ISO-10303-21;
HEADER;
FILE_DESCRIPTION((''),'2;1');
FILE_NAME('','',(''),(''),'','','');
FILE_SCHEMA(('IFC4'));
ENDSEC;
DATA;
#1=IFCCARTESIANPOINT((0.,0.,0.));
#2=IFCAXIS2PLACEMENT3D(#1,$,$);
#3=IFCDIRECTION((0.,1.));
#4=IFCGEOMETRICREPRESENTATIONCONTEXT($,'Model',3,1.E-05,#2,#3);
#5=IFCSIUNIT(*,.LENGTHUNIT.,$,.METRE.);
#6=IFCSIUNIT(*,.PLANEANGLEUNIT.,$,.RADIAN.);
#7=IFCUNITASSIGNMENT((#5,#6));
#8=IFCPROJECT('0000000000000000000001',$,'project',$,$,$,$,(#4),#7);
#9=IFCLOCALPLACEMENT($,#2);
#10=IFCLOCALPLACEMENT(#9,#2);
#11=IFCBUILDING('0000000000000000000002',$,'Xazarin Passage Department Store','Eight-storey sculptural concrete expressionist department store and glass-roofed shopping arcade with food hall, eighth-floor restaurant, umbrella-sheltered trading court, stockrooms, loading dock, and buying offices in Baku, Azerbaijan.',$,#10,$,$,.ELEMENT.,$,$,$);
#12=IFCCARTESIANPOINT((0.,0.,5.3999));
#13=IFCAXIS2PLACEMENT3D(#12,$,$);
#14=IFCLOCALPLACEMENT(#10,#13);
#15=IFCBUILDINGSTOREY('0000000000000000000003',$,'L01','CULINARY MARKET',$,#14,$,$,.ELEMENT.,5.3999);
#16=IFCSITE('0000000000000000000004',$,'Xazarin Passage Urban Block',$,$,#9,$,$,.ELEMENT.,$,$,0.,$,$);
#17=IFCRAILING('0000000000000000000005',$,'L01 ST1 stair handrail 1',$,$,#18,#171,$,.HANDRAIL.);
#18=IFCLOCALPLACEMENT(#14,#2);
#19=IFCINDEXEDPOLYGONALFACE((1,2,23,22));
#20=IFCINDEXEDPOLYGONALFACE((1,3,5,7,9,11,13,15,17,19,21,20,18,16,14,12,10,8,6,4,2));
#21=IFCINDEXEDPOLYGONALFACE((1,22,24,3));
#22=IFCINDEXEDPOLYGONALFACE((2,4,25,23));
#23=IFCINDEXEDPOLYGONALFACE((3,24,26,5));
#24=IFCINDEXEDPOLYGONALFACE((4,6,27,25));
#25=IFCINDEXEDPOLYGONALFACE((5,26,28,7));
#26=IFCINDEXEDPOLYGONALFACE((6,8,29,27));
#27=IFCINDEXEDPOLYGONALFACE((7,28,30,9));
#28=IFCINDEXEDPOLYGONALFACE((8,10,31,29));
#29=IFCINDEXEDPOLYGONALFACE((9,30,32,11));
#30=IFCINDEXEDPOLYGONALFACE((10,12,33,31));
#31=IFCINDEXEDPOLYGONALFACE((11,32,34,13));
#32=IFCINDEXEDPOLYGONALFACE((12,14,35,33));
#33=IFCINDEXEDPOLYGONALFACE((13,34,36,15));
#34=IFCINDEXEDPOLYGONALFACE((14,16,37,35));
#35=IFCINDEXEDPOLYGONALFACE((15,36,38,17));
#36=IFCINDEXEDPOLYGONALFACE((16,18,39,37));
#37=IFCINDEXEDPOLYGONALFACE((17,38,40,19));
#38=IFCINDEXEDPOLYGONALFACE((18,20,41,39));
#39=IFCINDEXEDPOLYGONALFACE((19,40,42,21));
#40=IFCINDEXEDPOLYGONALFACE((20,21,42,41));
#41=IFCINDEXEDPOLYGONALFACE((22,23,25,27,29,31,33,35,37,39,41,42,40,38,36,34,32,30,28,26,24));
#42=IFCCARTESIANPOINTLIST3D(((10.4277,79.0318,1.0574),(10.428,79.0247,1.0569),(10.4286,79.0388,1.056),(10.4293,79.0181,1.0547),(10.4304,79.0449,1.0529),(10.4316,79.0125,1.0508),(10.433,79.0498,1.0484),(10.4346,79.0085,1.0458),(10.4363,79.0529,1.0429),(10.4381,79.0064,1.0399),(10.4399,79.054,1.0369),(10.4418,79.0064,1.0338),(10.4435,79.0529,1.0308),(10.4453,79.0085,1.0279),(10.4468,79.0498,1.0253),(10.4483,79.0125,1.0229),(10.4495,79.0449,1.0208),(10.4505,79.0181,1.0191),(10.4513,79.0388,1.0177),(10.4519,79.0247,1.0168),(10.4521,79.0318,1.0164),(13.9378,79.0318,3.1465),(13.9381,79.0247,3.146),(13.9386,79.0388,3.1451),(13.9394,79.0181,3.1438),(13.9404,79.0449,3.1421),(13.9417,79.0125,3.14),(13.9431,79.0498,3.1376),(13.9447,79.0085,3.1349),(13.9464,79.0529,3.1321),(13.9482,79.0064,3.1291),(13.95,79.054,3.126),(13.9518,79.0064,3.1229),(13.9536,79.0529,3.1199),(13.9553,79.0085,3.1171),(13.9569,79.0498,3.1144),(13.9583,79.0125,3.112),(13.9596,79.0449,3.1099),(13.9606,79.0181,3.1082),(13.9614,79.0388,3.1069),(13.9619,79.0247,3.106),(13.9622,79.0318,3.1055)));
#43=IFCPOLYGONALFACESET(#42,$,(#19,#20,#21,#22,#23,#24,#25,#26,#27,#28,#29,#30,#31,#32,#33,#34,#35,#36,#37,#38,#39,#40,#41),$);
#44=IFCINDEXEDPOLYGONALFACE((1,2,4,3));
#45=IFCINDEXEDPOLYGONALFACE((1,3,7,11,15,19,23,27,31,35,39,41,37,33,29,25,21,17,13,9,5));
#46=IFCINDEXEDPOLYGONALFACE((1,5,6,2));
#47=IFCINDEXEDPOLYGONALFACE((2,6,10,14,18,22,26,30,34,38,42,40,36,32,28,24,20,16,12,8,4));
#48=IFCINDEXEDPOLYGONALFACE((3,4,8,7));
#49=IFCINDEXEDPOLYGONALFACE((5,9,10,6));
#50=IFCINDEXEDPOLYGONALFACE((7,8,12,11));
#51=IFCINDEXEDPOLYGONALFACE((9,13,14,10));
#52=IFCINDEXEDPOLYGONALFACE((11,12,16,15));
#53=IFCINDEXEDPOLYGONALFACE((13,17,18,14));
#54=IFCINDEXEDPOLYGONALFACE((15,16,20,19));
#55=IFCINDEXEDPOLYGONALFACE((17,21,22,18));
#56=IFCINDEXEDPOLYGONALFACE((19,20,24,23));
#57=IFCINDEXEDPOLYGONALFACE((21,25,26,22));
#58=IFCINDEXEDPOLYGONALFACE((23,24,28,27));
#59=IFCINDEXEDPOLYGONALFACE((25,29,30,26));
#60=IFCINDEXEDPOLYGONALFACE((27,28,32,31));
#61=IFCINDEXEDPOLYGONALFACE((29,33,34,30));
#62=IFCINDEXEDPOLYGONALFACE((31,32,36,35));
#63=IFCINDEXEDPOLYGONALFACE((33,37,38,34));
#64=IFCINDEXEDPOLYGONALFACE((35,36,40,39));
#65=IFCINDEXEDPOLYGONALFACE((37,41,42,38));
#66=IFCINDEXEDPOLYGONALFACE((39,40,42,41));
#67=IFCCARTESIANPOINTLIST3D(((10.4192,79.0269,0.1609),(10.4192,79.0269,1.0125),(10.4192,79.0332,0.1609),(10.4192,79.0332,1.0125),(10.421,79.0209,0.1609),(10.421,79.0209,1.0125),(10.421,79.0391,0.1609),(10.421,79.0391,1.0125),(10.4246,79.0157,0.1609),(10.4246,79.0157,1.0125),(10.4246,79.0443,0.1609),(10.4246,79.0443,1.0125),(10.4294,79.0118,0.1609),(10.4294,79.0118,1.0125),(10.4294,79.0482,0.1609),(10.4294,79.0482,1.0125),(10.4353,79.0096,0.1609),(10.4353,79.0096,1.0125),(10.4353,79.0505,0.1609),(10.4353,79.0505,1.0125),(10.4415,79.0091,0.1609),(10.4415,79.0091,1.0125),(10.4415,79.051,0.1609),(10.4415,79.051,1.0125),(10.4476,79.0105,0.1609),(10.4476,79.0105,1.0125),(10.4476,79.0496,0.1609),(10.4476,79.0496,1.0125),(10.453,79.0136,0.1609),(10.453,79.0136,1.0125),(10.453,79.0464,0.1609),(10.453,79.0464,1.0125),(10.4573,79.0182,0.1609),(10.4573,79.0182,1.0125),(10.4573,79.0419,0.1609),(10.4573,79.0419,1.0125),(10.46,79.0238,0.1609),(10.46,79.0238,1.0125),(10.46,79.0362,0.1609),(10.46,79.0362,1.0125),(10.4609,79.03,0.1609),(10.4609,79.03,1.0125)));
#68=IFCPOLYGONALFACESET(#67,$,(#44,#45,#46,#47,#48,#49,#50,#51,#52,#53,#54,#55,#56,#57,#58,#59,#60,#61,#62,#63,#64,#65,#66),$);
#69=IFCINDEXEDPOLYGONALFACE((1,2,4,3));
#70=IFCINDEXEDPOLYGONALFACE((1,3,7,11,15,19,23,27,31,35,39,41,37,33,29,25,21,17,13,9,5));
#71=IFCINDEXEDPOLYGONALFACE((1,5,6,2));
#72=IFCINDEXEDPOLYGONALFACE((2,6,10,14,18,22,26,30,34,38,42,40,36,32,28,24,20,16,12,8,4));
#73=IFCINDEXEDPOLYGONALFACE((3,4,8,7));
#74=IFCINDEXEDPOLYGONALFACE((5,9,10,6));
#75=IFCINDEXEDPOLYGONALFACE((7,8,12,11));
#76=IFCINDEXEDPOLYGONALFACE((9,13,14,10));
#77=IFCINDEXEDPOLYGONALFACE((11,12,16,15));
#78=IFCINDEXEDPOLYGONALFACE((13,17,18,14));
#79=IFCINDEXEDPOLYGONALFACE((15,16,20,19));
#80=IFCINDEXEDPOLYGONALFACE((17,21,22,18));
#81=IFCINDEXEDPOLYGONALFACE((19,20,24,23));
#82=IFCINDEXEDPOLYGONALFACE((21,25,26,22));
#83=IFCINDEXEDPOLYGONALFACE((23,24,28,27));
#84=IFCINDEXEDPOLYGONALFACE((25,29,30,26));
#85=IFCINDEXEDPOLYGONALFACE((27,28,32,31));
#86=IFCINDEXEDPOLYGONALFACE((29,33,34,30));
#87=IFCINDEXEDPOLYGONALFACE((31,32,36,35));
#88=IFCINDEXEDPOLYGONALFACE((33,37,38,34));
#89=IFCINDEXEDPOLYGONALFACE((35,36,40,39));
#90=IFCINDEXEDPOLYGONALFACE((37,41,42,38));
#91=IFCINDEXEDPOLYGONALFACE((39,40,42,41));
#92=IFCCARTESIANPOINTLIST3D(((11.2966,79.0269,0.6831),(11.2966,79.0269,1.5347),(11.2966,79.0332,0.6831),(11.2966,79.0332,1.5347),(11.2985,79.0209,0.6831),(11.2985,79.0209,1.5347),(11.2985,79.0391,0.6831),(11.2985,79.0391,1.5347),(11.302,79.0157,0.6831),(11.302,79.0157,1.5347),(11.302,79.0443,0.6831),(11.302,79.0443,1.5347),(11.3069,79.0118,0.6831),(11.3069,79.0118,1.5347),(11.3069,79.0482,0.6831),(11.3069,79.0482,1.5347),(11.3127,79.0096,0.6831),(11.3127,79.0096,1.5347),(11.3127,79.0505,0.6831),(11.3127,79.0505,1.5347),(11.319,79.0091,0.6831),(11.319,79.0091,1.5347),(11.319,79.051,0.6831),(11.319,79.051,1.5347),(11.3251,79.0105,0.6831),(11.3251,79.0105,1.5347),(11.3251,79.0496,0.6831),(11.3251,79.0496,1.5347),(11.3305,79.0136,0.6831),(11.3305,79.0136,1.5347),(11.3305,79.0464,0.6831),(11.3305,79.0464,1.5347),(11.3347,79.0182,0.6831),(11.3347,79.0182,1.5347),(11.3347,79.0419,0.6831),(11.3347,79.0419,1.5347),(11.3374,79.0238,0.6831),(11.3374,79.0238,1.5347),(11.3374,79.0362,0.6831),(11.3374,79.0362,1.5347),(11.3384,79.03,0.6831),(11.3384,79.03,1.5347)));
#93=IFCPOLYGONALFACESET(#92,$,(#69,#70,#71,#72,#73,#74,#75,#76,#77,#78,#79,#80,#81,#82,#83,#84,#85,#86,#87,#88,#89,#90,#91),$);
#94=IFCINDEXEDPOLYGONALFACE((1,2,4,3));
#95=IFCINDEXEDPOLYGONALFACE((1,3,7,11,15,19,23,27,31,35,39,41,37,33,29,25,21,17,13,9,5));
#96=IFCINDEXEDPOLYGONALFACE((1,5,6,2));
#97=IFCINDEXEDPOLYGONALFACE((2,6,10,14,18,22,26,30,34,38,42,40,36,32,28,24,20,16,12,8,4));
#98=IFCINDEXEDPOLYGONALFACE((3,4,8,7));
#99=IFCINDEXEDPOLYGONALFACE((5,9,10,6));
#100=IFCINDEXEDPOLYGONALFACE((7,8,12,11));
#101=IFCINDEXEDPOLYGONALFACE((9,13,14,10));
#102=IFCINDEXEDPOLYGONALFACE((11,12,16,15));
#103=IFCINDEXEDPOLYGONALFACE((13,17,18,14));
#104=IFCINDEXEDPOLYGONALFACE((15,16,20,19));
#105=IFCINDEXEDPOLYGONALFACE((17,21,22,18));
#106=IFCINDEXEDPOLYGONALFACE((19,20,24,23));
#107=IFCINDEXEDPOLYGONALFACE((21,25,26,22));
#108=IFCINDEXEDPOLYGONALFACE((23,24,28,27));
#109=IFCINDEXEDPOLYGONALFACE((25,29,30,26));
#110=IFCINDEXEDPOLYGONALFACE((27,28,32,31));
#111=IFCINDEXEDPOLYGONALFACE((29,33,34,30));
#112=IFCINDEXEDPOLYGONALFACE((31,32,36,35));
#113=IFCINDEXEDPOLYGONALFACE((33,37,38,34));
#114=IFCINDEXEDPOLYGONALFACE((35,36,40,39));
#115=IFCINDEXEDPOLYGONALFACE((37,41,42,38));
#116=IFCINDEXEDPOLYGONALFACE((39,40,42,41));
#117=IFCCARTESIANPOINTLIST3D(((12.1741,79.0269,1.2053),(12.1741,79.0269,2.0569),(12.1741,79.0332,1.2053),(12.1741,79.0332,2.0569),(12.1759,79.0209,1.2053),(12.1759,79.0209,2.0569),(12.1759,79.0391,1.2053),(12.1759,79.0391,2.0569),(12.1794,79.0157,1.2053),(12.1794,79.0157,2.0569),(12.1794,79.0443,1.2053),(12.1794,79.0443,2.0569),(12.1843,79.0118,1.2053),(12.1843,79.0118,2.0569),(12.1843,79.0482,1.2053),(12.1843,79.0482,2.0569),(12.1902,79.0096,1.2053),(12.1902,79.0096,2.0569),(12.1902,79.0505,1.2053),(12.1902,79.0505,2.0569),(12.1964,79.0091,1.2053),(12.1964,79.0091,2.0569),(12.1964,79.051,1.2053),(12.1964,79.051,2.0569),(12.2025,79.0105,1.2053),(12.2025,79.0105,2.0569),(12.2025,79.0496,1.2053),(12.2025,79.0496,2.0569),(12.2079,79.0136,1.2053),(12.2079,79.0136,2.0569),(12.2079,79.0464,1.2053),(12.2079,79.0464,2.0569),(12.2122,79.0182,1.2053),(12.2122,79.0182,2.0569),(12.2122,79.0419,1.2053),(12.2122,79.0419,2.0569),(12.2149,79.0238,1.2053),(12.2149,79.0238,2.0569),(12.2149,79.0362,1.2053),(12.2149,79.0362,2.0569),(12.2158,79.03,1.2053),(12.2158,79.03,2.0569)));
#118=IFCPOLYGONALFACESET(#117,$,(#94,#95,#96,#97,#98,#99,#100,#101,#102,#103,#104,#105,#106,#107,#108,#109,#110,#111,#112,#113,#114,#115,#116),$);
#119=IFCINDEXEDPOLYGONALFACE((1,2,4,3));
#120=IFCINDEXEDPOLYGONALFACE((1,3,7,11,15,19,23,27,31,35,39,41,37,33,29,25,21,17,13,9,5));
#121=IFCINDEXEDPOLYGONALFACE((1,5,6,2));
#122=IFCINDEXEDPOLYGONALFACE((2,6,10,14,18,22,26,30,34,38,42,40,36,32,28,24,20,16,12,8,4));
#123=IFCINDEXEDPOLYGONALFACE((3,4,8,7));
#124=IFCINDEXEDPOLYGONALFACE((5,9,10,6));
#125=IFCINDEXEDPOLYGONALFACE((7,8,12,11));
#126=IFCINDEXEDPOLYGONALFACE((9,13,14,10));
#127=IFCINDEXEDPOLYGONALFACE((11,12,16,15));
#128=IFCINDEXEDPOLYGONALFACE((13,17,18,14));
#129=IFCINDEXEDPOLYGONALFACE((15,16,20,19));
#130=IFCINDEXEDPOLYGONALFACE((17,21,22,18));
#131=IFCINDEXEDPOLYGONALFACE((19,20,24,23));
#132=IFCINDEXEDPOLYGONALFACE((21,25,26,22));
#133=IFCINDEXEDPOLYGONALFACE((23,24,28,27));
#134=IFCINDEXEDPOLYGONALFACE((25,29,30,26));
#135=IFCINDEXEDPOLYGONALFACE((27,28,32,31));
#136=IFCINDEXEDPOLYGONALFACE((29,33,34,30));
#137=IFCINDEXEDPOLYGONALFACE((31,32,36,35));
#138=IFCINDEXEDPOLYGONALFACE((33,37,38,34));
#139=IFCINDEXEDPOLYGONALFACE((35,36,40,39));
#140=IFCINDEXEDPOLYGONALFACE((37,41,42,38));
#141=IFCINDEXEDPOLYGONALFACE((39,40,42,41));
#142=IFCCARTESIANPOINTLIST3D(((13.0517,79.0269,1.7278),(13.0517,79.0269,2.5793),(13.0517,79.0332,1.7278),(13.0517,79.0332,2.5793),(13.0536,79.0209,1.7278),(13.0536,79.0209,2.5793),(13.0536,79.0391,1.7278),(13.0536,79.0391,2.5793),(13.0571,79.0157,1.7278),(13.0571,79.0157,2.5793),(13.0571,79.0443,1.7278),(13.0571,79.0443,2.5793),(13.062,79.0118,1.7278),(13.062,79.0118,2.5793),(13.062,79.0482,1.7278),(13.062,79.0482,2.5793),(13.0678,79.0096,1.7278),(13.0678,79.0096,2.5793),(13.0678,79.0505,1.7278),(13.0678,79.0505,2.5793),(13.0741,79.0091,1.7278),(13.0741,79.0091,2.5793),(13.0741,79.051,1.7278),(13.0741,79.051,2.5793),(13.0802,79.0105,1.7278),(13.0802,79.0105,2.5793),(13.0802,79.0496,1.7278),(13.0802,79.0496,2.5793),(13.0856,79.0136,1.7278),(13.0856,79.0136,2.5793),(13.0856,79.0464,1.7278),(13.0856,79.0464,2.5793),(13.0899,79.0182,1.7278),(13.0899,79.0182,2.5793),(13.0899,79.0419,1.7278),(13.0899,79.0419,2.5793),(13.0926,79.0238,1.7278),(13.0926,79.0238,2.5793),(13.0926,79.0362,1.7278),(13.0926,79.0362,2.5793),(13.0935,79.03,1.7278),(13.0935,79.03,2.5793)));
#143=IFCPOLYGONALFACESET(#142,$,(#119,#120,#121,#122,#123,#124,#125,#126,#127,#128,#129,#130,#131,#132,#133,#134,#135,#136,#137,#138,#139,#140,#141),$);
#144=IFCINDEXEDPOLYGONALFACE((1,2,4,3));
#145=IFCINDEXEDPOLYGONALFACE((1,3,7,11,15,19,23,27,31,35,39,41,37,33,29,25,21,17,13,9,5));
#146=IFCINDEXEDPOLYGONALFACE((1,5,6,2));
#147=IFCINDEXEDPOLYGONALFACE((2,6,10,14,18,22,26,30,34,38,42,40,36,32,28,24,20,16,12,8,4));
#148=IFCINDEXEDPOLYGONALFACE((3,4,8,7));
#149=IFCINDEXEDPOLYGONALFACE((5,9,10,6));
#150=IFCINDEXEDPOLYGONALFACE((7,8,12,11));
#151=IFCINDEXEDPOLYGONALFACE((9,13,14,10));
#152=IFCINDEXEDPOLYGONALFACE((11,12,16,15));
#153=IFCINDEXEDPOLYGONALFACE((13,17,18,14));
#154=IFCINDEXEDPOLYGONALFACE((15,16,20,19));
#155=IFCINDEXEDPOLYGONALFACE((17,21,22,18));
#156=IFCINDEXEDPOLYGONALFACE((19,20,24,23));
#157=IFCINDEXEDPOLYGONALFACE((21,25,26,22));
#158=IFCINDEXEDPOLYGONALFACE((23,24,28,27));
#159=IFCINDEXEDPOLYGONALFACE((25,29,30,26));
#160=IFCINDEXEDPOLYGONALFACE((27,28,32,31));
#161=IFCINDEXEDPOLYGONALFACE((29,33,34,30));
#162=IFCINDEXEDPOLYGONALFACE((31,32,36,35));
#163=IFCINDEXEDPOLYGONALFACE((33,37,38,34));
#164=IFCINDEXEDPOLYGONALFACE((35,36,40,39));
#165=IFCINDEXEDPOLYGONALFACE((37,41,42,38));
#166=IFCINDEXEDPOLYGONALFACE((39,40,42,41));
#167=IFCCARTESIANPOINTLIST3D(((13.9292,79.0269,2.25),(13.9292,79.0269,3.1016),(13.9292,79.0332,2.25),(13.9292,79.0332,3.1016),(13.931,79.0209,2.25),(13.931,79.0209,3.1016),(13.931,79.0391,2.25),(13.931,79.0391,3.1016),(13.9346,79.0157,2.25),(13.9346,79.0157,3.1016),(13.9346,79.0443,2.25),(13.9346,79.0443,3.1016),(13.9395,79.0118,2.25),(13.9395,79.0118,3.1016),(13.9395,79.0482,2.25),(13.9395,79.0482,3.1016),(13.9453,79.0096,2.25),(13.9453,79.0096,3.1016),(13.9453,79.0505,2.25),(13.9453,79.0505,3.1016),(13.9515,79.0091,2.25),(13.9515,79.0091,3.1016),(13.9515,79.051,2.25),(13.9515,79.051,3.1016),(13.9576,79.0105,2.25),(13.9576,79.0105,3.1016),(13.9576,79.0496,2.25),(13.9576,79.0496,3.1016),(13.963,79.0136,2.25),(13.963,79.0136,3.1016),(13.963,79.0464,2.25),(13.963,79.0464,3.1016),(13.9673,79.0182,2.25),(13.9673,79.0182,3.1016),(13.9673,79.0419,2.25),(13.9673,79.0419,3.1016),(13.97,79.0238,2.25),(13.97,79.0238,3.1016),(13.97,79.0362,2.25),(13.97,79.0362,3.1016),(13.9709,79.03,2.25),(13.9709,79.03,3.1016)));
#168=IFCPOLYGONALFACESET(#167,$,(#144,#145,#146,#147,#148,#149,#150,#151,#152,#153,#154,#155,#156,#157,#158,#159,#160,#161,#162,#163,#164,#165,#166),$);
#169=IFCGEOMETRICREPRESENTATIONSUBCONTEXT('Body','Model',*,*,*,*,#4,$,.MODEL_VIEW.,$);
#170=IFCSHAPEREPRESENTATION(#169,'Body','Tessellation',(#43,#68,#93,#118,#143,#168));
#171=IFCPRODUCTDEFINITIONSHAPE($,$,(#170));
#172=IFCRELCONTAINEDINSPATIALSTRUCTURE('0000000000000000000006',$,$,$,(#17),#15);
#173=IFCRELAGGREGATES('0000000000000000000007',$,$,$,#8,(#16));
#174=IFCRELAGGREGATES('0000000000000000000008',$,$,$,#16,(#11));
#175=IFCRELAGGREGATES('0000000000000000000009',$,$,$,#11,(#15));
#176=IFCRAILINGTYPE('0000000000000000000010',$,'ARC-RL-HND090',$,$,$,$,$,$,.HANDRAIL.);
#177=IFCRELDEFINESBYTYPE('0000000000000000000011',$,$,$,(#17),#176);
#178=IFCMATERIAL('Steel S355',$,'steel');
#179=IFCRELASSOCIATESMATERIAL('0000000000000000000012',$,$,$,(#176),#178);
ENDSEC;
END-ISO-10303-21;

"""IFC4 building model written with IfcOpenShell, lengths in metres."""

from ifc_helpers import new_model, si_unit, direction, frame, origin, origin_2d, place, context, subcontext, project, spatial, circle, extrude, material, type_object, element, save


model = new_model("IFC4")

# Units and contexts
model_context = context("Model", 3, precision=1e-05, world=origin(), true_north=direction((0.0, 1.0)))
body_context = subcontext(model_context, "Body", "Model", "MODEL_VIEW")
ifc_project = project(units=[si_unit("LENGTHUNIT", "METRE"), si_unit("PLANEANGLEUNIT", "RADIAN")], contexts=[model_context])

# Site, building, storey
site_placement = place(None, origin())
site = spatial("IfcSite", under=ifc_project, at=site_placement, Name="Xazarin Passage Urban Block", CompositionType="ELEMENT", RefElevation=0.0)
building_placement = place(site_placement, origin())
building = spatial("IfcBuilding", under=site, at=building_placement, Name="Xazarin Passage Department Store", Description="Eight-storey sculptural concrete expressionist department store and glass-roofed shopping arcade with food hall, eighth-floor restaurant, umbrella-sheltered trading court, stockrooms, loading dock, and buying offices in Baku, Azerbaijan.", CompositionType="ELEMENT")
storey_placement = place(building_placement, frame((0.0, 0.0, 5.3999)))
storey = spatial("IfcBuildingStorey", under=building, at=storey_placement, Name="L01", Description="CULINARY MARKET", CompositionType="ELEMENT", Elevation=5.3999)

# Shared definitions
ifc_material_1 = material(Name="Steel S355", Category="steel")

# Railing
railing_type_1 = type_object("IfcRailingType", Name="ARC-RL-HND090", PredefinedType="HANDRAIL", material=ifc_material_1)
railing_1_placement = place(storey_placement, frame((10.4399, 79.03, 0.1609)))
element("IfcRailing", 1, at=railing_1_placement, inside=storey, type_object=railing_type_1, Name="L01 ST1 stair handrail 1", PredefinedType="HANDRAIL", context=body_context, shape_type="SweptSolid", body=[
    extrude(circle(Radius=0.0239, at=origin_2d()), frame((0.0, 0.0, 0.876), z_axis=(0.859312, 0.0, 0.511451), x_axis=(0.0, 1.0, 0.0)), (0.0, 0.0, 1.0), 4.0847),
    extrude(circle(Radius=0.021, at=origin_2d()), origin(), (0.0, 0.0, 1.0), 0.8516),
    extrude(circle(Radius=0.021, at=origin_2d()), frame((0.8774, 0.0, 0.5222)), (0.0, 0.0, 1.0), 0.8516),
    extrude(circle(Radius=0.021, at=origin_2d()), frame((1.7549, 0.0, 1.0444)), (0.0, 0.0, 1.0), 0.8516),
    extrude(circle(Radius=0.021, at=origin_2d()), frame((2.6326, 0.0, 1.5669)), (0.0, 0.0, 1.0), 0.8516),
    extrude(circle(Radius=0.021, at=origin_2d()), frame((3.51, 0.0, 2.0891)), (0.0, 0.0, 1.0), 0.8516),
])

save(model, "model.ifc")
